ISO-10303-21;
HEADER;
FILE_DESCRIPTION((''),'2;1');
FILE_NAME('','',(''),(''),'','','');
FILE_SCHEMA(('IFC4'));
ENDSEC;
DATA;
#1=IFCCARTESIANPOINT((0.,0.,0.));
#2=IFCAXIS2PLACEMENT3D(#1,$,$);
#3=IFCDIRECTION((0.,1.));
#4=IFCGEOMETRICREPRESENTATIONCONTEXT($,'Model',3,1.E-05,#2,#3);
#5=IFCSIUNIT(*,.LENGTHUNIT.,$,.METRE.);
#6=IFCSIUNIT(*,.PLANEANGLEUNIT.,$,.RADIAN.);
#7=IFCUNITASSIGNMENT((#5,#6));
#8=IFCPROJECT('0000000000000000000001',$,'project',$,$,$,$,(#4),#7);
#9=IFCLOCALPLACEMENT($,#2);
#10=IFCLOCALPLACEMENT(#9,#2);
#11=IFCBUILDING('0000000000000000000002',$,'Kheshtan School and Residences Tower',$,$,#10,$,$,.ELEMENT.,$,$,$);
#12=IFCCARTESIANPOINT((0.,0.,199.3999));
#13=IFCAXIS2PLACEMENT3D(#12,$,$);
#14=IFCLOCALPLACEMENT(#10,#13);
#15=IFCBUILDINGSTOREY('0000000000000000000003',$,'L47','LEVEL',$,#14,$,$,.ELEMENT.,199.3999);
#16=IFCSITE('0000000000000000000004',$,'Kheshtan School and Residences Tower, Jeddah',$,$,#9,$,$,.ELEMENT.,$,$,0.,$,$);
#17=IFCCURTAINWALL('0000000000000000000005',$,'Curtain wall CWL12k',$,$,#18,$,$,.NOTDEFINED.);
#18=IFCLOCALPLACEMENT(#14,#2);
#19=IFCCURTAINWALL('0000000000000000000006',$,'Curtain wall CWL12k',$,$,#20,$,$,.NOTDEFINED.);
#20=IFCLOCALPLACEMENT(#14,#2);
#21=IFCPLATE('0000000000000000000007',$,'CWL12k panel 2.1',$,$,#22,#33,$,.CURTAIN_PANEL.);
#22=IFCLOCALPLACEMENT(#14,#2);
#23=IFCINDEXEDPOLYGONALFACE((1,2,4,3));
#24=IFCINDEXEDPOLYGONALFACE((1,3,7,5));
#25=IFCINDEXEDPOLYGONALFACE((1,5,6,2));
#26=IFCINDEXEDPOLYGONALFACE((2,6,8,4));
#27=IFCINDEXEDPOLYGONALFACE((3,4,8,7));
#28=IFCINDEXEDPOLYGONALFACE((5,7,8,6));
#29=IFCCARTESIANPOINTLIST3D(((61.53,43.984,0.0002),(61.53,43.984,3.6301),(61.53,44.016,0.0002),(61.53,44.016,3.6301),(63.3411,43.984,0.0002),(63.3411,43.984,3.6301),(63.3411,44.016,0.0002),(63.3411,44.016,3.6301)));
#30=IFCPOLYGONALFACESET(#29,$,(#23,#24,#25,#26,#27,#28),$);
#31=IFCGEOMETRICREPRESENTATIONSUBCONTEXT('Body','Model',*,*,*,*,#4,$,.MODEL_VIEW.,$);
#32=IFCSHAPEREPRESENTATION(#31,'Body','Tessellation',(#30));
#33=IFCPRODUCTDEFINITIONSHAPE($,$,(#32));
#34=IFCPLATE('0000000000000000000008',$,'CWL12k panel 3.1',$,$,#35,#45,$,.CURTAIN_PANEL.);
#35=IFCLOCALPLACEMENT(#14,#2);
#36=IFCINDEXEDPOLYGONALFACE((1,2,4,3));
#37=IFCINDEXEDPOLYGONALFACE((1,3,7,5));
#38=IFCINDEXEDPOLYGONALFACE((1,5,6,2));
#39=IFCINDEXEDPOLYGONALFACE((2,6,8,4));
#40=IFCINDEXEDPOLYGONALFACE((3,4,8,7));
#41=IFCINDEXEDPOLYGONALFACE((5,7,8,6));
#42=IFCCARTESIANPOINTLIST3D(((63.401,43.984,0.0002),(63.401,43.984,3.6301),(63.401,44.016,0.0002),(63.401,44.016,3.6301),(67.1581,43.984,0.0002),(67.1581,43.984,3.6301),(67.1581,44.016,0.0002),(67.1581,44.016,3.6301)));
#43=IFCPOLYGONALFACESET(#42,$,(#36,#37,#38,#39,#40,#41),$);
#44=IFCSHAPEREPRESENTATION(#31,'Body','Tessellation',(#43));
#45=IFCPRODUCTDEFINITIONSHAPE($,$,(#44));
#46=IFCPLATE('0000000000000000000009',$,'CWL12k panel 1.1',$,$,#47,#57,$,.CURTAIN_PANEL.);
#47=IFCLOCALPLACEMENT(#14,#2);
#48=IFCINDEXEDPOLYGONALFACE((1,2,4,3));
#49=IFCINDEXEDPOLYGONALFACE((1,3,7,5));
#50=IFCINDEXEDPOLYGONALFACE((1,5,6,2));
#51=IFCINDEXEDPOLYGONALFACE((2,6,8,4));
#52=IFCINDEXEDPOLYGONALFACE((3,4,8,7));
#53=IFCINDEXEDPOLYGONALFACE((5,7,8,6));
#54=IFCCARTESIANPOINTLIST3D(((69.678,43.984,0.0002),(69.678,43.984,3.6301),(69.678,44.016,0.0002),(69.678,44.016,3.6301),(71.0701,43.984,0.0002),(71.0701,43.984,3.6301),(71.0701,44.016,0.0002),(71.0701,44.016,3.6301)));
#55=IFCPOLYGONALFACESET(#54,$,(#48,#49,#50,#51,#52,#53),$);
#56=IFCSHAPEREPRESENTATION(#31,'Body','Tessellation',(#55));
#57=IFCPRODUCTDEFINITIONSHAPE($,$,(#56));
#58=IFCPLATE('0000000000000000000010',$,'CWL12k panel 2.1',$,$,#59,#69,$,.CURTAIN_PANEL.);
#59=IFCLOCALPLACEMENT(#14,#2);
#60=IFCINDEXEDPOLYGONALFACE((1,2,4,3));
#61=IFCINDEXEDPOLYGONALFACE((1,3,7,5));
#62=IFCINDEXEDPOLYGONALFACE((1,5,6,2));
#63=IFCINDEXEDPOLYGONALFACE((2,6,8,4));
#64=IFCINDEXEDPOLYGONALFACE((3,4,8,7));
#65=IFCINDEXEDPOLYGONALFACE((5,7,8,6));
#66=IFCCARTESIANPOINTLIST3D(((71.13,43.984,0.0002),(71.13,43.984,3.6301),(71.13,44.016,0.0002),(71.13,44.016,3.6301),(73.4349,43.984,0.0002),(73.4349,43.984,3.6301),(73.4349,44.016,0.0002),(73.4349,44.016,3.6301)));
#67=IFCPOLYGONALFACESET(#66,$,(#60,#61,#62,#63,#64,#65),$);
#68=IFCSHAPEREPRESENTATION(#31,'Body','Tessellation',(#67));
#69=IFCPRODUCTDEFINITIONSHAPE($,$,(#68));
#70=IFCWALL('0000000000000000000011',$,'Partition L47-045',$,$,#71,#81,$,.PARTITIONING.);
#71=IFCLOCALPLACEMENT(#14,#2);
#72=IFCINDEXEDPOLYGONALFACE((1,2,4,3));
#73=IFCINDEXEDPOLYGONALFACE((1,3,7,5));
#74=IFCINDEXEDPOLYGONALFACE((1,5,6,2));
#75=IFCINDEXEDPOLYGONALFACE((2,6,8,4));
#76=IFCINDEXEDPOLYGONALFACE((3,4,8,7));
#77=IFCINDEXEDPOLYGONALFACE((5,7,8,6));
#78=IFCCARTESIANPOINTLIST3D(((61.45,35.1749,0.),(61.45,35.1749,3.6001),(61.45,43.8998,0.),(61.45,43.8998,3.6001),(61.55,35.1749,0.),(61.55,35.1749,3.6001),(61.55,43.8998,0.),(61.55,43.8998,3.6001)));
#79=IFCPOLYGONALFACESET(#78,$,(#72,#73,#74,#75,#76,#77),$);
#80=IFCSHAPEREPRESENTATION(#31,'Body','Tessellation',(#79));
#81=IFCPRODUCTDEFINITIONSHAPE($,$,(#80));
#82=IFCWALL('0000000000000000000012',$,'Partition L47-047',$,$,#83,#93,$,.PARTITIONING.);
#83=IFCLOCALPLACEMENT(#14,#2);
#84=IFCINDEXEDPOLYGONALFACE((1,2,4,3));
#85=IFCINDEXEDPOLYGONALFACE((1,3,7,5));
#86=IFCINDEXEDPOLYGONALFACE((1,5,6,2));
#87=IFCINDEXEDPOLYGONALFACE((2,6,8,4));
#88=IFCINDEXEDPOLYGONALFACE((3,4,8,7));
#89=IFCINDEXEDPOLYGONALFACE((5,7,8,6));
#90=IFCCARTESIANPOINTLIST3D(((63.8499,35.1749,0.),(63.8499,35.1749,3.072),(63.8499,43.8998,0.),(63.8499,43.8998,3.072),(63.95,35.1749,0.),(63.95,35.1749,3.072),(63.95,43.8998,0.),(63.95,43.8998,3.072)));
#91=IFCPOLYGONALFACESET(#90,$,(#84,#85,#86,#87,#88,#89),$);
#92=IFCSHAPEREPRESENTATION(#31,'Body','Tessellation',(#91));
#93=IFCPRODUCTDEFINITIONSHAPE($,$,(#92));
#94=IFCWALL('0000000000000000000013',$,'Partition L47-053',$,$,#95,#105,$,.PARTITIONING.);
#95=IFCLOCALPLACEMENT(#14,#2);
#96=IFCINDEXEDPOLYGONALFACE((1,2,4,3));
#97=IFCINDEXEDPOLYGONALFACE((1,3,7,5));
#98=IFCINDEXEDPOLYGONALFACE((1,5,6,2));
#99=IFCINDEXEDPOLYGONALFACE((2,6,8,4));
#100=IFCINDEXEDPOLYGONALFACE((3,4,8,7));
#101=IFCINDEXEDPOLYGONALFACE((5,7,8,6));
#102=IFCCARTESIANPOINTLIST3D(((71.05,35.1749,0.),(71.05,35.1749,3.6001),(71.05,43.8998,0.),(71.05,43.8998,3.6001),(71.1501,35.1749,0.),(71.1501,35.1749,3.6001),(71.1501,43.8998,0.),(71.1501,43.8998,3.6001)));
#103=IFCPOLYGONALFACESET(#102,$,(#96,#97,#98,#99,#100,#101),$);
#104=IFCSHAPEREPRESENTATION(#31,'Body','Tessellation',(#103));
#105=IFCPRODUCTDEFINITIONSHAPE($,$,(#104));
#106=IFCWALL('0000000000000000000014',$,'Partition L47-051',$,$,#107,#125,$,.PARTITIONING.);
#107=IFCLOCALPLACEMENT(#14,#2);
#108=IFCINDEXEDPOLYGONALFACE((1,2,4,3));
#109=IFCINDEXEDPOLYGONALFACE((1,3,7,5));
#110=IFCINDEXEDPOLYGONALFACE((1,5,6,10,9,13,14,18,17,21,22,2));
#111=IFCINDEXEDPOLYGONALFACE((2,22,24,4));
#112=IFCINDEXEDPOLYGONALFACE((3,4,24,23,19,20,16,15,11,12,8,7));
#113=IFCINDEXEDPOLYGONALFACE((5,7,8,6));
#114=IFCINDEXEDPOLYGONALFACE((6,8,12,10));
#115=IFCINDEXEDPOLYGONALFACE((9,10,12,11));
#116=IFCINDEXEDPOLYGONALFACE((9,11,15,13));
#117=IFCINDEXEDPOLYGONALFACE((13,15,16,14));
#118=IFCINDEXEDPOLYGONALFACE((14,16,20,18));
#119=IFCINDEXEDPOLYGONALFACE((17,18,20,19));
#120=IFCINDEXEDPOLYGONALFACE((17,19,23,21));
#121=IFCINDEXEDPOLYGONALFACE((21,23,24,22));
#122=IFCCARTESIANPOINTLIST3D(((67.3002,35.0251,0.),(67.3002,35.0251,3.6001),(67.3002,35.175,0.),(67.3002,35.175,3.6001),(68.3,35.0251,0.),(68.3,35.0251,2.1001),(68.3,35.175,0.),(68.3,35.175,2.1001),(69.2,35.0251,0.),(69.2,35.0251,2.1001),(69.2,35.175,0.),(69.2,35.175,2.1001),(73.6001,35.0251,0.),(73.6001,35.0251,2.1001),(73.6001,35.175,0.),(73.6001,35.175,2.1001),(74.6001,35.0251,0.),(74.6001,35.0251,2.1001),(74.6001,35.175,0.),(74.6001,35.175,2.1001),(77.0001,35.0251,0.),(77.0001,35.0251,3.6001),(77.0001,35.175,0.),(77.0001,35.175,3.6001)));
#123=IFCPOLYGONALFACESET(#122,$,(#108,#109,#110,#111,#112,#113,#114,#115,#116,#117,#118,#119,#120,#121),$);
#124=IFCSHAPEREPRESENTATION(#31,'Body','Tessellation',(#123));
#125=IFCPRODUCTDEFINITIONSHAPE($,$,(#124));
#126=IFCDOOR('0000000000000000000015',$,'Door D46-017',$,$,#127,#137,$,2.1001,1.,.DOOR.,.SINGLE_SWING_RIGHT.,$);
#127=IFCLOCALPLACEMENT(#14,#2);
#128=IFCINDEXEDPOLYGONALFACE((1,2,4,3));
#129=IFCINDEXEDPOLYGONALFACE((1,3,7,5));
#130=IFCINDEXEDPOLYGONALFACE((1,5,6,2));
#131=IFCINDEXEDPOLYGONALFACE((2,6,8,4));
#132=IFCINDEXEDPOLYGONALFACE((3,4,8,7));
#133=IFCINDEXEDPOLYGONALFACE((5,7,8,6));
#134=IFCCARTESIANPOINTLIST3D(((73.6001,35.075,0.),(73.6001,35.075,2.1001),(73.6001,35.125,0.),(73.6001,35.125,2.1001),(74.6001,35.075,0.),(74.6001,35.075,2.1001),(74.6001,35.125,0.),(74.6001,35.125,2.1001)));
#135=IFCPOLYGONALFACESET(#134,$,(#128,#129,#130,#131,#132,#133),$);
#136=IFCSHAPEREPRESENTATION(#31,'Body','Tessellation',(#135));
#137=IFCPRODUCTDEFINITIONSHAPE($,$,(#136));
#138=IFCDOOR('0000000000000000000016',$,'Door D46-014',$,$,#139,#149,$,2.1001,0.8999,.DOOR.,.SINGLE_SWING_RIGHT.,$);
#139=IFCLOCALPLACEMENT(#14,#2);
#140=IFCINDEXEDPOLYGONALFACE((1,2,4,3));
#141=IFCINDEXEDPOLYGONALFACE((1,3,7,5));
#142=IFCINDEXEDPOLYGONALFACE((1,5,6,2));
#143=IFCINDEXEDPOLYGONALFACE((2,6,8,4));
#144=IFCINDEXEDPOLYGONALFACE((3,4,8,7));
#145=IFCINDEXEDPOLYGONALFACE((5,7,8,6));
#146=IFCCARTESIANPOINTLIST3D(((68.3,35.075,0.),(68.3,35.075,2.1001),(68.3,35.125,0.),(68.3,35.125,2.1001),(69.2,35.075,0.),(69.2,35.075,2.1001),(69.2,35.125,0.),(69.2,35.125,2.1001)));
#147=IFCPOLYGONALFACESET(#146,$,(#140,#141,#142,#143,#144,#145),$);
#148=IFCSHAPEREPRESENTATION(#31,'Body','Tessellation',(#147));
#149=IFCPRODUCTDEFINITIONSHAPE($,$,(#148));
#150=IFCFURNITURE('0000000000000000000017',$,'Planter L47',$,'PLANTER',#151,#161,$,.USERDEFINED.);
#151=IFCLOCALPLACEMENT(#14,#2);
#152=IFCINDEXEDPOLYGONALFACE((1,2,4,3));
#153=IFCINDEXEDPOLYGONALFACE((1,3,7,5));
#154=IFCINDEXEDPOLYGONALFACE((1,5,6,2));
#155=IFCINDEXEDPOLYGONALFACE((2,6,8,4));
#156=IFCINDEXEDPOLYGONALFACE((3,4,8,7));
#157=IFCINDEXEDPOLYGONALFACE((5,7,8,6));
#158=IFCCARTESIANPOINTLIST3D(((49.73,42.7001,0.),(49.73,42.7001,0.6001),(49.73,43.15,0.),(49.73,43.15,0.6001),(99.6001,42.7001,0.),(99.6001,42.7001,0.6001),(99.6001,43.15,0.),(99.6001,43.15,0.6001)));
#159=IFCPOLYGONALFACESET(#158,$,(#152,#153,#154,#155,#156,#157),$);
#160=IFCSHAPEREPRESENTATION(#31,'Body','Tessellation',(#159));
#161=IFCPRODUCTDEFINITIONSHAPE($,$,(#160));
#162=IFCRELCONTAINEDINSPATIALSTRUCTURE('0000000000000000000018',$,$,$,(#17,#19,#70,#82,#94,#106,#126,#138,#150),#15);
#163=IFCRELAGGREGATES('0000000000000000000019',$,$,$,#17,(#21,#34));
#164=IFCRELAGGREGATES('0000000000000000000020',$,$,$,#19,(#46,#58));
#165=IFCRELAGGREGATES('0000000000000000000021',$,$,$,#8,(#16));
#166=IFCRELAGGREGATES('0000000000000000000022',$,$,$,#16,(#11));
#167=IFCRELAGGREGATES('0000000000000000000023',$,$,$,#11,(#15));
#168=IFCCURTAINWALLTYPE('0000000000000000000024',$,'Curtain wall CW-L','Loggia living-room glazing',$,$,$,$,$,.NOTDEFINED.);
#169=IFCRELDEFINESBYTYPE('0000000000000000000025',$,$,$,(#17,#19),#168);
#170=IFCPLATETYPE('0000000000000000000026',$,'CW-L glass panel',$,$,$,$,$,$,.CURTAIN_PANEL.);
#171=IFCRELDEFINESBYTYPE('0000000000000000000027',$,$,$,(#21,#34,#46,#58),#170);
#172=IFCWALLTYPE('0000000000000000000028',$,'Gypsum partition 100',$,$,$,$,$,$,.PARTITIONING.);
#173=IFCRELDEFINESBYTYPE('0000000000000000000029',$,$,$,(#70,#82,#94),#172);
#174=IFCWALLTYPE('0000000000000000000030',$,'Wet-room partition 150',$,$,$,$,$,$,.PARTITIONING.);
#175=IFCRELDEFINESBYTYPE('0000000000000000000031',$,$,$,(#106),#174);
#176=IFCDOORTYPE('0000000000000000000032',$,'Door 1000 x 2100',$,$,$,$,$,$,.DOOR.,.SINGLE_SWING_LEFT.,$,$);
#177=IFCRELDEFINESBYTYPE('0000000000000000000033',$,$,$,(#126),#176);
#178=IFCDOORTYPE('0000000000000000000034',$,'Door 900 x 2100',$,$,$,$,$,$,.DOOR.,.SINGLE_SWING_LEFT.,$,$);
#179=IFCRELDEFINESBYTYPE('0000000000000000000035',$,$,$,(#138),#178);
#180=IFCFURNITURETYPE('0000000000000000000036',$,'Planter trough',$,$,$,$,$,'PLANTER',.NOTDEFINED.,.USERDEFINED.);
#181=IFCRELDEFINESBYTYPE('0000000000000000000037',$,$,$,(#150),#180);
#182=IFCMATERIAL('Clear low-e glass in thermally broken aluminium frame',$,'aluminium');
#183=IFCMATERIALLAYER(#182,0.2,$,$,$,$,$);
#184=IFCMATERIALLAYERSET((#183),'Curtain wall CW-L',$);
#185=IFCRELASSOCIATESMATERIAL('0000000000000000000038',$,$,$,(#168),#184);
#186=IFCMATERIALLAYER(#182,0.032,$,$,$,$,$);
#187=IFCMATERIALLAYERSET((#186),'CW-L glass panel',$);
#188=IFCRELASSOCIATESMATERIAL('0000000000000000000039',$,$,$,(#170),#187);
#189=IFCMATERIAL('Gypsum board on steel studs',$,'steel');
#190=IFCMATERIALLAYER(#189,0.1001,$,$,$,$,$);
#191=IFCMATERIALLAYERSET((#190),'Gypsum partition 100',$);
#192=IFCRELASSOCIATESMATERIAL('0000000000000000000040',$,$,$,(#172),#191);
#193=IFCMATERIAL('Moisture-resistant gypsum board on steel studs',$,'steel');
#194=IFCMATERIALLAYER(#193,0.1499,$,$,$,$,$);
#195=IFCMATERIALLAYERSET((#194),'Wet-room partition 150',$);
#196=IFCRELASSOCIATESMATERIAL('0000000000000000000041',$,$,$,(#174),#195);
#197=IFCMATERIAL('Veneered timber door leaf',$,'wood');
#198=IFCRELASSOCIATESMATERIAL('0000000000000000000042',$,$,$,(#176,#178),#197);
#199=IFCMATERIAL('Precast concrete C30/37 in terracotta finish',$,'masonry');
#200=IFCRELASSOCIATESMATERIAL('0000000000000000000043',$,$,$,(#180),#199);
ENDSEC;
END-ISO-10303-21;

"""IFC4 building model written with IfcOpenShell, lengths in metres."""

from ifc_helpers import new_model, si_unit, direction, frame, frame_2d, origin, origin_2d, place, context, subcontext, project, spatial, rectangle, extrude, source, transform, mapped, material, layer, layer_set, type_object, element, fill, aggregate, save


model = new_model("IFC4")

# Units and contexts
model_context = context("Model", 3, precision=1e-05, world=origin(), true_north=direction((0.0, 1.0)))
body_context = subcontext(model_context, "Body", "Model", "MODEL_VIEW")
ifc_project = project(units=[si_unit("LENGTHUNIT", "METRE"), si_unit("PLANEANGLEUNIT", "RADIAN")], contexts=[model_context])

# Site, building, storey
site_placement = place(None, origin())
site = spatial("IfcSite", under=ifc_project, at=site_placement, Name="Kheshtan School and Residences Tower, Jeddah", CompositionType="ELEMENT", RefElevation=0.0)
building_placement = place(site_placement, origin())
building = spatial("IfcBuilding", under=site, at=building_placement, Name="Kheshtan School and Residences Tower", CompositionType="ELEMENT")
storey_placement = place(building_placement, frame((0.0, 0.0, 199.3999)))
storey = spatial("IfcBuildingStorey", under=building, at=storey_placement, Name="L47", Description="LEVEL", CompositionType="ELEMENT", Elevation=199.3999)

# Curtain walls
ifc_material_1 = material(Name="Clear low-e glass in thermally broken aluminium frame", Category="aluminium")
ifc_layer_1 = layer(ifc_material_1, 0.2)
ifc_layer_set_1 = layer_set([ifc_layer_1], Name="Curtain wall CW-L")
curtain_wall_type = type_object("IfcCurtainWallType", Name="Curtain wall CW-L", Description="Loggia living-room glazing", PredefinedType="NOTDEFINED", material=ifc_layer_set_1)
curtain_wall_1_placement = place(storey_placement, origin())
curtain_wall_1 = element("IfcCurtainWall", 1, at=curtain_wall_1_placement, inside=storey, type_object=curtain_wall_type, Name="Curtain wall CWL12k", PredefinedType="NOTDEFINED")
curtain_wall_2_placement = place(storey_placement, origin())
curtain_wall_2 = element("IfcCurtainWall", 2, at=curtain_wall_2_placement, inside=storey, type_object=curtain_wall_type, Name="Curtain wall CWL12k", PredefinedType="NOTDEFINED")

# Plates
ifc_layer_2 = layer(ifc_material_1, 0.032)
ifc_layer_set_2 = layer_set([ifc_layer_2], Name="CW-L glass panel")
plate_type = type_object("IfcPlateType", Name="CW-L glass panel", PredefinedType="CURTAIN_PANEL", material=ifc_layer_set_2)
plate_1_placement = place(storey_placement, frame((62.4355, 44.0, 0.0002), z_axis=(0.0, 0.0, 1.0), x_axis=(1.0, 0.0, 0.0)))
plate_1 = element("IfcPlate", 3, at=plate_1_placement, type_object=plate_type, Name="CWL12k panel 2.1", PredefinedType="CURTAIN_PANEL", context=body_context, shape_type="SweptSolid", body=[
    extrude(rectangle(XDim=1.811, YDim=0.032, at=origin_2d()), origin(), (0.0, 0.0, 1.0), 3.6299),
])
plate_2_placement = place(storey_placement, frame((65.2795, 44.0, 0.0002), z_axis=(0.0, 0.0, 1.0), x_axis=(1.0, 0.0, 0.0)))
plate_2 = element("IfcPlate", 4, at=plate_2_placement, type_object=plate_type, Name="CWL12k panel 3.1", PredefinedType="CURTAIN_PANEL", context=body_context, shape_type="SweptSolid", body=[
    extrude(rectangle(XDim=3.7571, YDim=0.032, at=origin_2d()), origin(), (0.0, 0.0, 1.0), 3.6299),
])
aggregate(curtain_wall_1, [plate_1, plate_2])
plate_3_placement = place(storey_placement, frame((70.374, 44.0, 0.0002), z_axis=(0.0, 0.0, 1.0), x_axis=(1.0, 0.0, 0.0)))
plate_3 = element("IfcPlate", 5, at=plate_3_placement, type_object=plate_type, Name="CWL12k panel 1.1", PredefinedType="CURTAIN_PANEL", context=body_context, shape_type="SweptSolid", body=[
    extrude(rectangle(XDim=1.3921, YDim=0.032, at=origin_2d()), origin(), (0.0, 0.0, 1.0), 3.6299),
])
plate_4_placement = place(storey_placement, frame((72.2825, 44.0, 0.0002), z_axis=(0.0, 0.0, 1.0), x_axis=(1.0, 0.0, 0.0)))
plate_4 = element("IfcPlate", 6, at=plate_4_placement, type_object=plate_type, Name="CWL12k panel 2.1", PredefinedType="CURTAIN_PANEL", context=body_context, shape_type="SweptSolid", body=[
    extrude(rectangle(XDim=2.3049, YDim=0.032, at=origin_2d()), origin(), (0.0, 0.0, 1.0), 3.6299),
])
aggregate(curtain_wall_2, [plate_3, plate_4])

# Walls
ifc_material_2 = material(Name="Gypsum board on steel studs", Category="steel")
ifc_layer_3 = layer(ifc_material_2, 0.1001)
ifc_layer_set_3 = layer_set([ifc_layer_3], Name="Gypsum partition 100")
wall_type_1 = type_object("IfcWallType", Name="Gypsum partition 100", PredefinedType="PARTITIONING", material=ifc_layer_set_3)
wall_1_placement = place(storey_placement, frame((61.5, 35.175, 0.0), z_axis=(0.0, 0.0, 1.0), x_axis=(0.0, 1.0, 0.0)))
element("IfcWall", 7, at=wall_1_placement, inside=storey, type_object=wall_type_1, Name="Partition L47-045", PredefinedType="PARTITIONING", context=body_context, shape_type="SweptSolid", body=[
    extrude(rectangle(XDim=8.7249, YDim=0.1001, at=frame_2d((4.3623, 0.0))), origin(), (0.0, 0.0, 1.0), 3.6001),
])
wall_2_placement = place(storey_placement, frame((63.8999, 35.175, 0.0), z_axis=(0.0, 0.0, 1.0), x_axis=(0.0, 1.0, 0.0)))
element("IfcWall", 8, at=wall_2_placement, inside=storey, type_object=wall_type_1, Name="Partition L47-047", PredefinedType="PARTITIONING", context=body_context, shape_type="SweptSolid", body=[
    extrude(rectangle(XDim=8.7249, YDim=0.1001, at=frame_2d((4.3623, 0.0))), origin(), (0.0, 0.0, 1.0), 3.072),
])
wall_3_placement = place(storey_placement, frame((71.1001, 35.175, 0.0), z_axis=(0.0, 0.0, 1.0), x_axis=(0.0, 1.0, 0.0)))
element("IfcWall", 9, at=wall_3_placement, inside=storey, type_object=wall_type_1, Name="Partition L47-053", PredefinedType="PARTITIONING", context=body_context, shape_type="SweptSolid", body=[
    extrude(rectangle(XDim=8.7249, YDim=0.1001, at=frame_2d((4.3623, 0.0))), origin(), (0.0, 0.0, 1.0), 3.6001),
])

# Wall, openings, doors
ifc_material_3 = material(Name="Moisture-resistant gypsum board on steel studs", Category="steel")
ifc_layer_4 = layer(ifc_material_3, 0.1499)
ifc_layer_set_4 = layer_set([ifc_layer_4], Name="Wet-room partition 150")
wall_type_2 = type_object("IfcWallType", Name="Wet-room partition 150", PredefinedType="PARTITIONING", material=ifc_layer_set_4)
wall_4_placement = place(storey_placement, frame((67.3, 35.1001, 0.0), z_axis=(0.0, 0.0, 1.0), x_axis=(1.0, 0.0, 0.0)))
wall_4 = element("IfcWall", 10, at=wall_4_placement, inside=storey, type_object=wall_type_2, Name="Partition L47-051", PredefinedType="PARTITIONING", context=body_context, shape_type="SweptSolid", body=[
    extrude(rectangle(XDim=9.7, YDim=0.1499, at=frame_2d((4.8501, 0.0))), origin(), (0.0, 0.0, 1.0), 3.6001),
])
opening_1_placement = place(wall_4_placement, frame((1.0, 0.0, 0.0)))
opening_1 = element("IfcOpeningElement", 11, at=opening_1_placement, cuts=wall_4, PredefinedType="OPENING", context=body_context, shape_type="SweptSolid", body=[
    extrude(rectangle(XDim=0.8999, YDim=2.1001, at=frame_2d((0.45, 1.05))), frame((0.0, 0.085, 0.0), z_axis=(0.0, -1.0, 0.0), x_axis=(1.0, 0.0, 0.0)), (0.0, 0.0, 1.0), 0.1699),
])
opening_2_placement = place(wall_4_placement, frame((6.3, 0.0, 0.0)))
opening_2 = element("IfcOpeningElement", 12, at=opening_2_placement, cuts=wall_4, PredefinedType="OPENING", context=body_context, shape_type="SweptSolid", body=[
    extrude(rectangle(XDim=1.0, YDim=2.1001, at=frame_2d((0.5, 1.05))), frame((0.0, 0.085, 0.0), z_axis=(0.0, -1.0, 0.0), x_axis=(1.0, 0.0, 0.0)), (0.0, 0.0, 1.0), 0.1699),
])
ifc_material_4 = material(Name="Veneered timber door leaf", Category="wood")
door_type_1 = type_object("IfcDoorType", Name="Door 1000 x 2100", OperationType="SINGLE_SWING_LEFT", PredefinedType="DOOR", material=ifc_material_4)
shared_shape_1 = source(origin(), body_context, "Body", "SweptSolid", [
    extrude(rectangle(XDim=1.0, YDim=2.1001, at=frame_2d((0.5, 1.05))), frame((0.0, 0.0249, 0.0), z_axis=(0.0, -1.0, 0.0), x_axis=(1.0, 0.0, 0.0)), (0.0, 0.0, 1.0), 0.05),
])
door_1_placement = place(opening_2_placement, origin())
door_1 = element("IfcDoor", 13, at=door_1_placement, inside=storey, type_object=door_type_1, Name="Door D46-017", OperationType="SINGLE_SWING_RIGHT", OverallHeight=2.1001, OverallWidth=1.0, PredefinedType="DOOR", context=body_context, shape_type="MappedRepresentation", body=[
    mapped(shared_shape_1, transform((0.0, 0.0, 0.0), x_axis=(1.0, 0.0, 0.0), y_axis=(0.0, 1.0, 0.0), z_axis=(0.0, 0.0, 1.0), scale=1.0)),
])
fill(opening_2, door_1)
door_type_2 = type_object("IfcDoorType", Name="Door 900 x 2100", OperationType="SINGLE_SWING_LEFT", PredefinedType="DOOR", material=ifc_material_4)
shared_shape_2 = source(origin(), body_context, "Body", "SweptSolid", [
    extrude(rectangle(XDim=0.8999, YDim=2.1001, at=frame_2d((0.45, 1.05))), frame((0.0, 0.0249, 0.0), z_axis=(0.0, -1.0, 0.0), x_axis=(1.0, 0.0, 0.0)), (0.0, 0.0, 1.0), 0.05),
])
door_2_placement = place(opening_1_placement, origin())
door_2 = element("IfcDoor", 14, at=door_2_placement, inside=storey, type_object=door_type_2, Name="Door D46-014", OperationType="SINGLE_SWING_RIGHT", OverallHeight=2.1001, OverallWidth=0.8999, PredefinedType="DOOR", context=body_context, shape_type="MappedRepresentation", body=[
    mapped(shared_shape_2, transform((0.0, 0.0, 0.0), x_axis=(1.0, 0.0, 0.0), y_axis=(0.0, 1.0, 0.0), z_axis=(0.0, 0.0, 1.0), scale=1.0)),
])
fill(opening_1, door_2)

# Furniture
ifc_material_5 = material(Name="Precast concrete C30/37 in terracotta finish", Category="masonry")
furniture_type = type_object("IfcFurnitureType", Name="Planter trough", ElementType="PLANTER", AssemblyPlace="NOTDEFINED", PredefinedType="USERDEFINED", material=ifc_material_5)
furniture_placement = place(storey_placement, frame((74.665, 42.925, 0.0), z_axis=(0.0, 0.0, 1.0), x_axis=(1.0, 0.0, 0.0)))
element("IfcFurniture", 15, at=furniture_placement, inside=storey, type_object=furniture_type, Name="Planter L47", ObjectType="PLANTER", PredefinedType="USERDEFINED", context=body_context, shape_type="SweptSolid", body=[
    extrude(rectangle(XDim=49.8701, YDim=0.45, at=origin_2d()), origin(), (0.0, 0.0, 1.0), 0.6001),
])

save(model, "model.ifc")
